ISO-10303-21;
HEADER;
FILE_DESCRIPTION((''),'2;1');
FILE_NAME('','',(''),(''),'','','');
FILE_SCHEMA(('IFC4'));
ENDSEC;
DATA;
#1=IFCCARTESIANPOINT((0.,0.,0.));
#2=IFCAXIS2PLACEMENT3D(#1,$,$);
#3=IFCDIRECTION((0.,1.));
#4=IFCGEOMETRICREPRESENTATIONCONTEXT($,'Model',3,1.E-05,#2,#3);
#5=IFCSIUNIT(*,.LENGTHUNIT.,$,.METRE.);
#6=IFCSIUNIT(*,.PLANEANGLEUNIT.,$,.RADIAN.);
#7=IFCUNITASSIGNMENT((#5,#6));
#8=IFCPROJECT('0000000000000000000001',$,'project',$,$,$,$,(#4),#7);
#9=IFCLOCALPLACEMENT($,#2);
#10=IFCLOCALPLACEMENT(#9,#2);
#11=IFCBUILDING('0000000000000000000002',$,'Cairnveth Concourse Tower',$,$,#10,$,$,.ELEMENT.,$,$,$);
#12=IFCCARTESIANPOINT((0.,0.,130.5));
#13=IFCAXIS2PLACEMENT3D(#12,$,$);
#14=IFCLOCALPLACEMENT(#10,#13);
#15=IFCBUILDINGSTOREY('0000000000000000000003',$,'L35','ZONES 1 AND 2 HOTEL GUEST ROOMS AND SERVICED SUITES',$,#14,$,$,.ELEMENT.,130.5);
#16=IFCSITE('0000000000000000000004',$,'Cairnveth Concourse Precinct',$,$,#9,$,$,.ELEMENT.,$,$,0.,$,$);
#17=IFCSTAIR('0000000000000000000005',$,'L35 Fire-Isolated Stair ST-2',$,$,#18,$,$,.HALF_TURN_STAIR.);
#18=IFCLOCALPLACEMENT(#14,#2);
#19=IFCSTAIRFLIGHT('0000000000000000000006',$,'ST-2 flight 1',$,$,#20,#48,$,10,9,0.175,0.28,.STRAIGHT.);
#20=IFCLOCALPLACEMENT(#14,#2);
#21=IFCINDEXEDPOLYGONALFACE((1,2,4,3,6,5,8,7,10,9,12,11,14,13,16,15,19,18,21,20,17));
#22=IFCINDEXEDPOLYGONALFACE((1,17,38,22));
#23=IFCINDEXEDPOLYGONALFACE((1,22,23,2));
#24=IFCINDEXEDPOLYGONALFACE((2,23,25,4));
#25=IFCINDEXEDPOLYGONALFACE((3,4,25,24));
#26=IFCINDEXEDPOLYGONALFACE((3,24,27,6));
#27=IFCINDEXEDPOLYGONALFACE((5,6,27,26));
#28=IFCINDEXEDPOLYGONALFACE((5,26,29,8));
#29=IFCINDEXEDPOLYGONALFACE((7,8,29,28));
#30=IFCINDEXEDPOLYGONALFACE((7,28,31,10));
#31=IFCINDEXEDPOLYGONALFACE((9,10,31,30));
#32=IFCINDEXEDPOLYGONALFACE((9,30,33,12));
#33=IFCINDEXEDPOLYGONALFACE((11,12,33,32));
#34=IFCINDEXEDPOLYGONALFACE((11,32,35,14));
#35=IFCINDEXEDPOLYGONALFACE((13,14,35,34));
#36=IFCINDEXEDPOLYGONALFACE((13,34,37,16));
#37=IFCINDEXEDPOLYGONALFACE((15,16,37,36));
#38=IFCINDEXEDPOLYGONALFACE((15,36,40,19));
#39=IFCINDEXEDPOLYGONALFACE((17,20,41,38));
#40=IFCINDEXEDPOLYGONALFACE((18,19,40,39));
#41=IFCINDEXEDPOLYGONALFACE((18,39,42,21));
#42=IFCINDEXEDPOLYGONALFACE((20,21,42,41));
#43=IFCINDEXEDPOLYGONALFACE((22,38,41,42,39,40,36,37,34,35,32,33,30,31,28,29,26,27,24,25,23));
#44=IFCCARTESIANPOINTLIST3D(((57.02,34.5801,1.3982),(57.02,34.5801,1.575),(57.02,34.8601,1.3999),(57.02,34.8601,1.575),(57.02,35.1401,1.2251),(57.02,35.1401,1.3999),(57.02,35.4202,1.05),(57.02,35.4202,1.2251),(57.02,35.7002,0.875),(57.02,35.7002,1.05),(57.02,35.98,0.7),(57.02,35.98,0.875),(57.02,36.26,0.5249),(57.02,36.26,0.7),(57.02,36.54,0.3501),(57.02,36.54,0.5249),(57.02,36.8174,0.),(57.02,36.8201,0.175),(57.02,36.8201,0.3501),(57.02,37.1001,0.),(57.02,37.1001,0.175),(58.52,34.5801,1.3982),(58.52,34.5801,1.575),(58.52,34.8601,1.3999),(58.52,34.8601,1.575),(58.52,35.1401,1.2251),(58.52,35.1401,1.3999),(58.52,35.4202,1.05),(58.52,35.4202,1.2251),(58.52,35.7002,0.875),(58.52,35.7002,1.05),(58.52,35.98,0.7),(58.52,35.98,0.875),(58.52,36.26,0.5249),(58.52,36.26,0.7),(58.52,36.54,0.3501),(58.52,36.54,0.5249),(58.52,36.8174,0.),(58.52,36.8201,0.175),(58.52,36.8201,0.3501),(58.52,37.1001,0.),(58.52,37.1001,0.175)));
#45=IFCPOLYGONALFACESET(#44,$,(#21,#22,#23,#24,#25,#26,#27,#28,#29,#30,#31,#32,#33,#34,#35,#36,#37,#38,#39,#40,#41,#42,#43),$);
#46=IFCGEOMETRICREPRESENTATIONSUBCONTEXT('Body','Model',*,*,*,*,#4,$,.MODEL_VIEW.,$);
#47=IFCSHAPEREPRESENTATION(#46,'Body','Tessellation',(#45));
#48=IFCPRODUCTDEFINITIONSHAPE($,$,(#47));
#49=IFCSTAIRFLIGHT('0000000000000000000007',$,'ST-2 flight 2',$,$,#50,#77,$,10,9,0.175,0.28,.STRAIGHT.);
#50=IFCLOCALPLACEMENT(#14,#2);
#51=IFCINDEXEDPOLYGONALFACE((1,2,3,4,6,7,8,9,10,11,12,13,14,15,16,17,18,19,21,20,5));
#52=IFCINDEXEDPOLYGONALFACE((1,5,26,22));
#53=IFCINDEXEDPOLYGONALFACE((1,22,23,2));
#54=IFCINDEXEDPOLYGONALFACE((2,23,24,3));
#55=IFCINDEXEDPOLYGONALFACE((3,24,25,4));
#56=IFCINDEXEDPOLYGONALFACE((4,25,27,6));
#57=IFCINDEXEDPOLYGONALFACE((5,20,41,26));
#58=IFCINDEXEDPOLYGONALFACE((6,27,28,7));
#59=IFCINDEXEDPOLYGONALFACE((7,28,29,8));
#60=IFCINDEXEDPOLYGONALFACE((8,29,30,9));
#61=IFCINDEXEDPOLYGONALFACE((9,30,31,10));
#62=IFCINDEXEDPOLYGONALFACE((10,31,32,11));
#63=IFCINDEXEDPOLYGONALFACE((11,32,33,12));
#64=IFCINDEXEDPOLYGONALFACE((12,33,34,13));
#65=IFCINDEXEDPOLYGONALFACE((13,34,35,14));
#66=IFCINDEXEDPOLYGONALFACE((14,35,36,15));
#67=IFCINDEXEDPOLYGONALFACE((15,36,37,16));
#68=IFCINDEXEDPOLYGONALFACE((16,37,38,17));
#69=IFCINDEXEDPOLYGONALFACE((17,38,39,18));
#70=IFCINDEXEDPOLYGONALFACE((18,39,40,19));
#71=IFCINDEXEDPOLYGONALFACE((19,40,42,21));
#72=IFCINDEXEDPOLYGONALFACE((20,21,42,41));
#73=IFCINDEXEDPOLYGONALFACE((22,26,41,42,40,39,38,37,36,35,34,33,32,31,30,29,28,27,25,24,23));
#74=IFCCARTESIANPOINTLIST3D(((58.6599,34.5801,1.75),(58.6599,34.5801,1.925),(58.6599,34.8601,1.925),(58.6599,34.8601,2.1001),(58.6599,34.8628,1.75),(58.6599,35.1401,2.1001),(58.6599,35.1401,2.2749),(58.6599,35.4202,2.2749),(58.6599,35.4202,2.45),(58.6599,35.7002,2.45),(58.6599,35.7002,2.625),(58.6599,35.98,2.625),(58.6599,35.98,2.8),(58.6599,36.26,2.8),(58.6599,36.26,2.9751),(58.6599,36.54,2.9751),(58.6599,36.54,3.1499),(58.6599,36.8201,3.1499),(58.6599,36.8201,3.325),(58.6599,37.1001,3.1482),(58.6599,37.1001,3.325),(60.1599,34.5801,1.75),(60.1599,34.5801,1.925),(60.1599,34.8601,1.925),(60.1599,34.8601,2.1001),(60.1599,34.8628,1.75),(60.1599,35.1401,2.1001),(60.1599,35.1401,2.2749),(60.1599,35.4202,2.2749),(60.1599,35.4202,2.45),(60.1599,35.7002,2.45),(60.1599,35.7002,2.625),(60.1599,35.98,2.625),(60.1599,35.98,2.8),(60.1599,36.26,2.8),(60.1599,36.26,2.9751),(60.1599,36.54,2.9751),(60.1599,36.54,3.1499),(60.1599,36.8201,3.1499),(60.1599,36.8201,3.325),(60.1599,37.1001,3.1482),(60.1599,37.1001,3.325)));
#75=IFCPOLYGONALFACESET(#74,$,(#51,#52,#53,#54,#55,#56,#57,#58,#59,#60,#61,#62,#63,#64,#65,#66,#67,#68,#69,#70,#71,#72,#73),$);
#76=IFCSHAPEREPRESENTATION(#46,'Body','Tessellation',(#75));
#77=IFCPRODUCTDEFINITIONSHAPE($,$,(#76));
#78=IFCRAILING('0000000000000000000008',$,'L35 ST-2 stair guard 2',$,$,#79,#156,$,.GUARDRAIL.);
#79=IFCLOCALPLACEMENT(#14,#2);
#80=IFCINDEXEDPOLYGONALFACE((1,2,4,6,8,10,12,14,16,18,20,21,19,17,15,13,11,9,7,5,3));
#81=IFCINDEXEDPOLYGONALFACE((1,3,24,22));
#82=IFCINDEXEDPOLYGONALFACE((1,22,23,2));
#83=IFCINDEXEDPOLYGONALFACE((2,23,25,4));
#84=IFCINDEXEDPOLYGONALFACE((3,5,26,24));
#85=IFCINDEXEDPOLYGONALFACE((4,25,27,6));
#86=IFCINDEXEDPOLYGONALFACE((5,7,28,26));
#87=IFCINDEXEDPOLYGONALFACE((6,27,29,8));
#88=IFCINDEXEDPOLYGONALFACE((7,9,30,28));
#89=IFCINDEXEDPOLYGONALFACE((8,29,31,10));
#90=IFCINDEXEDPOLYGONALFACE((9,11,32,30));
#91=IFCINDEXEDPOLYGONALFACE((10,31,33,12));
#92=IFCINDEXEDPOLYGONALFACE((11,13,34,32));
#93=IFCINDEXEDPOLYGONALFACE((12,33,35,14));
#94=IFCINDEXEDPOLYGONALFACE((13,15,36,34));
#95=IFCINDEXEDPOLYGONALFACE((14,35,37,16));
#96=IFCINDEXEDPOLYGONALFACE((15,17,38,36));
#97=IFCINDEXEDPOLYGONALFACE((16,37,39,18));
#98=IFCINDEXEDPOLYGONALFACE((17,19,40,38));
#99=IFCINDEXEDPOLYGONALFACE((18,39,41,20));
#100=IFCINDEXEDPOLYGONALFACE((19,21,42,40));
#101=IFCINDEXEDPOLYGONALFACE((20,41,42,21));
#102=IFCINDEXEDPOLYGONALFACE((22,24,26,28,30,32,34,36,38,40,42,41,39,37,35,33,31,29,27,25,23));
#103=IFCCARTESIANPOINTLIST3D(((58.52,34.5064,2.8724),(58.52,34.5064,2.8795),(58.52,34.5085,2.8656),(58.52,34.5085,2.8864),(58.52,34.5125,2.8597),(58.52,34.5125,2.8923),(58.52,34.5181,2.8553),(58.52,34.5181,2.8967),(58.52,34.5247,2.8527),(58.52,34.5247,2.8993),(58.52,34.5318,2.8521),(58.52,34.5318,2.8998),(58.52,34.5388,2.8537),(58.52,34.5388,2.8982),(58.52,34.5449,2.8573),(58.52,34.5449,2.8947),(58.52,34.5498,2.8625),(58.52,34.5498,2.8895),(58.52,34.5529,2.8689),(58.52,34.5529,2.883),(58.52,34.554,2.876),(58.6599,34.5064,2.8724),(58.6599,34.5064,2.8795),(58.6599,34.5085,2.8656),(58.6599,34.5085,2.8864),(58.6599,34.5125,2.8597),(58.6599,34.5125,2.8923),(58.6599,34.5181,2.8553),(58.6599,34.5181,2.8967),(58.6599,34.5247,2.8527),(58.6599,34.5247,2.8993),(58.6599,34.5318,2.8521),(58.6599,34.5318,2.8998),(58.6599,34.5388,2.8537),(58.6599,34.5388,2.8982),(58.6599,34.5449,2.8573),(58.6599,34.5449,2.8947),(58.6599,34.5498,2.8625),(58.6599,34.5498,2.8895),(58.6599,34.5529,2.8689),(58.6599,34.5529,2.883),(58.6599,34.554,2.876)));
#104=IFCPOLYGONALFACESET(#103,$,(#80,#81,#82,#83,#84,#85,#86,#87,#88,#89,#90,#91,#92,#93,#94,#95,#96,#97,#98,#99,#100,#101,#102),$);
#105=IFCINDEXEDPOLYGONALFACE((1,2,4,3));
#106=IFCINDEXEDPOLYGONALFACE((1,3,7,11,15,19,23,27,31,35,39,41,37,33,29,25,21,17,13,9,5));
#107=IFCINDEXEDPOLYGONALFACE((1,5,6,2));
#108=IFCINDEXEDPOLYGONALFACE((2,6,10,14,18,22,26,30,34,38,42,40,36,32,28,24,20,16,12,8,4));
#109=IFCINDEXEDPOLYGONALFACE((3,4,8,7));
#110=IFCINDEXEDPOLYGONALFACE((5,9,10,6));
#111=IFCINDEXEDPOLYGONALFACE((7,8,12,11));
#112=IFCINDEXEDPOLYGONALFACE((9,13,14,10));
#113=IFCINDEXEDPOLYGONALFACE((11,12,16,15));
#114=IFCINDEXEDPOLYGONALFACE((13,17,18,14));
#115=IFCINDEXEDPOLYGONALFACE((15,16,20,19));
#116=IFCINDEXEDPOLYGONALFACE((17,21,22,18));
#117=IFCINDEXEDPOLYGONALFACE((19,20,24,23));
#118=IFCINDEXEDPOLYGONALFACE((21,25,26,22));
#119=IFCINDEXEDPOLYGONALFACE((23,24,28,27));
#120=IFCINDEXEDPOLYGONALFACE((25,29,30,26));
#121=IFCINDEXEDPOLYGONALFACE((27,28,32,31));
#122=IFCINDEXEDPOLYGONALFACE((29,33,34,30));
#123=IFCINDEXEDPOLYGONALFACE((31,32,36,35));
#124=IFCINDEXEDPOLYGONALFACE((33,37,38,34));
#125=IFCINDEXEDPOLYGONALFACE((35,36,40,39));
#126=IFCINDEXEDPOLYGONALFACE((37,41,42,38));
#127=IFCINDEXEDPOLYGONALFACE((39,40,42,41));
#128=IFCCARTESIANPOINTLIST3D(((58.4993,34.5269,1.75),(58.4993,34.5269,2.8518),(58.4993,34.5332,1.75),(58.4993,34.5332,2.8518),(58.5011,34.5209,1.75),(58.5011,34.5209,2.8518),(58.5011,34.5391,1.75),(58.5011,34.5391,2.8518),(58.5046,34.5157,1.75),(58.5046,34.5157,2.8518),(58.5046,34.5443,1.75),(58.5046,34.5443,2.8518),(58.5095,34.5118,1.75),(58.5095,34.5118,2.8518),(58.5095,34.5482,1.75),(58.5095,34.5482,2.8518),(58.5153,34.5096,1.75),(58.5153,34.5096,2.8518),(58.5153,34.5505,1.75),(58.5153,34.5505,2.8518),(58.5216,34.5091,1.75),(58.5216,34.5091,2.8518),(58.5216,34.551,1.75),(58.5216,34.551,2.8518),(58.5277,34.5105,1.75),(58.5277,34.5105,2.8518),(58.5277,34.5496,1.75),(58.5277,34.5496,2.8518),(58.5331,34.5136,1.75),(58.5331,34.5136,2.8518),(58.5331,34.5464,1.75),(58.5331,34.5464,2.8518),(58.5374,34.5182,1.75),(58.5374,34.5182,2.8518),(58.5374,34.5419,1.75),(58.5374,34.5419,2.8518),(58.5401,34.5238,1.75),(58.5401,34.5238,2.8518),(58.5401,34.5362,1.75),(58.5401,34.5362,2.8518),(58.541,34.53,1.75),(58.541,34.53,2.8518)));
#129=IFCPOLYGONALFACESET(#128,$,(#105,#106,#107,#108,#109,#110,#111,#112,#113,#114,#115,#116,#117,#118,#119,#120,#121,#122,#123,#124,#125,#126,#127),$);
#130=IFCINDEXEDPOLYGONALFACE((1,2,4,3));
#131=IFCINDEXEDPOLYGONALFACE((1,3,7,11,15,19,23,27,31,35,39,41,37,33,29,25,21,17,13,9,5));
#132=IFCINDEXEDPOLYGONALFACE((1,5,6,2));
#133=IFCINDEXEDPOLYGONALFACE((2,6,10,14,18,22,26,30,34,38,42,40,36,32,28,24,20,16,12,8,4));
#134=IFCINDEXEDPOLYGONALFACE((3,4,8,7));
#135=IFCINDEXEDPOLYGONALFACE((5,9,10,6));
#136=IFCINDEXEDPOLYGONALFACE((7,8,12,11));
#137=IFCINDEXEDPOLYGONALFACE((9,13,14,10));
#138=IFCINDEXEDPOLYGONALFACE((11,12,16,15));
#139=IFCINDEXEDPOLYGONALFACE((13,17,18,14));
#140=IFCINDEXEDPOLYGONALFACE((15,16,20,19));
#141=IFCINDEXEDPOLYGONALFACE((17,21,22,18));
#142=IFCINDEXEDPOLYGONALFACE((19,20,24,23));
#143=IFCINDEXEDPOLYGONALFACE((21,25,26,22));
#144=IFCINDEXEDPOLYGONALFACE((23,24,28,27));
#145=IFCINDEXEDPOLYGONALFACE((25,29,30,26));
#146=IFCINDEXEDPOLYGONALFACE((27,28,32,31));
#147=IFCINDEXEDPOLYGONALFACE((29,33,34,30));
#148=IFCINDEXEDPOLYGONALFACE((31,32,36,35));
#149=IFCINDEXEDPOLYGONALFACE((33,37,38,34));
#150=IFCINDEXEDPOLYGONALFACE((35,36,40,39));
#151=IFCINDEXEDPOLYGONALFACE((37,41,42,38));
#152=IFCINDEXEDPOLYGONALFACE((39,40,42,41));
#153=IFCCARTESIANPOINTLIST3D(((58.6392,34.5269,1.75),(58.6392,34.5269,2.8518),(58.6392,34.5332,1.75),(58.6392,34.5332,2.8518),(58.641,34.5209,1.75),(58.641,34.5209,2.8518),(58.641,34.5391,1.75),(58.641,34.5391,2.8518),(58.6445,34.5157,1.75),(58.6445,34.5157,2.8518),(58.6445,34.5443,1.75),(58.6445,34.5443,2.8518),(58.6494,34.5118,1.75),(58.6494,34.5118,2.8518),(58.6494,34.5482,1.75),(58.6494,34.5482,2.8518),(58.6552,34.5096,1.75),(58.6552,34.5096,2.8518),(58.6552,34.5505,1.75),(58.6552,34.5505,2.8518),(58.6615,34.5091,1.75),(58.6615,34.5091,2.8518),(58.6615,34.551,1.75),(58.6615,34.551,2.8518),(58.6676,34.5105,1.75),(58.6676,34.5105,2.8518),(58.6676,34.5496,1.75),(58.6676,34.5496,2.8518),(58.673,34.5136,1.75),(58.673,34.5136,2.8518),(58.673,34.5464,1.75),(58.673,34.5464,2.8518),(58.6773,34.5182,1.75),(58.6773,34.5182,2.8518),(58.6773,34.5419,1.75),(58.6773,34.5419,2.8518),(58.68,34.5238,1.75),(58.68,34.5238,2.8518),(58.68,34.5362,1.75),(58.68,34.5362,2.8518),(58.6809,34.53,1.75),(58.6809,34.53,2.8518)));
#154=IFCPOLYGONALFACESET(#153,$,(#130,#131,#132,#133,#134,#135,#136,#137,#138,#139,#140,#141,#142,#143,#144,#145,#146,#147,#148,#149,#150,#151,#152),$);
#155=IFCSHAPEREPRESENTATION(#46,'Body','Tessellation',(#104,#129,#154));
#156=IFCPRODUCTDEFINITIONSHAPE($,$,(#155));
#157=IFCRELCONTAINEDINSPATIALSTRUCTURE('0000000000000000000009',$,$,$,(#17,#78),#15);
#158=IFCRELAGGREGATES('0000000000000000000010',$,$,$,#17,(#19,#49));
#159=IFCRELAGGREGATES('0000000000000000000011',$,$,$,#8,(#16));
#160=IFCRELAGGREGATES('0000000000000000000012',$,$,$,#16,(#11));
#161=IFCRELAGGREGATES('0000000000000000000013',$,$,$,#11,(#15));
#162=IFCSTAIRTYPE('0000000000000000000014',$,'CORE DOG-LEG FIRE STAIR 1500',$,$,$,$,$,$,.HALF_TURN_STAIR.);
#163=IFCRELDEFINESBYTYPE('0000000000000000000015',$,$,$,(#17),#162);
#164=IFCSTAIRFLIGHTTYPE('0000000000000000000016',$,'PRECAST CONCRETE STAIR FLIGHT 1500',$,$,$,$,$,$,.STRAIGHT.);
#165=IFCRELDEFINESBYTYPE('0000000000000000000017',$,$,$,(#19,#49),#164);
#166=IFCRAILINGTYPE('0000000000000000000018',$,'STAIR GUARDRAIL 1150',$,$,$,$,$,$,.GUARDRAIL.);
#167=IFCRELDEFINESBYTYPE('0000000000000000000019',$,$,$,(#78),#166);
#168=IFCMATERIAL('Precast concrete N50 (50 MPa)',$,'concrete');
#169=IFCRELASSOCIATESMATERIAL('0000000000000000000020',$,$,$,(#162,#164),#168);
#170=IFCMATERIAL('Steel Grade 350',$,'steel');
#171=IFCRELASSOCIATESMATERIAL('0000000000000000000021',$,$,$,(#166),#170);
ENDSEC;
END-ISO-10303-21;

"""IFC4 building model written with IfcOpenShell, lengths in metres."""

from ifc_helpers import new_model, si_unit, direction, frame, origin, origin_2d, place, context, subcontext, project, spatial, polyline, circle, outline, extrude, material, type_object, element, aggregate, save


model = new_model("IFC4")

# Units and contexts
model_context = context("Model", 3, precision=1e-05, world=origin(), true_north=direction((0.0, 1.0)))
body_context = subcontext(model_context, "Body", "Model", "MODEL_VIEW")
ifc_project = project(units=[si_unit("LENGTHUNIT", "METRE"), si_unit("PLANEANGLEUNIT", "RADIAN")], contexts=[model_context])

# Site, building, storey
site_placement = place(None, origin())
site = spatial("IfcSite", under=ifc_project, at=site_placement, Name="Cairnveth Concourse Precinct", CompositionType="ELEMENT", RefElevation=0.0)
building_placement = place(site_placement, origin())
building = spatial("IfcBuilding", under=site, at=building_placement, Name="Cairnveth Concourse Tower", CompositionType="ELEMENT")
storey_placement = place(building_placement, frame((0.0, 0.0, 130.5)))
storey = spatial("IfcBuildingStorey", under=building, at=storey_placement, Name="L35", Description="ZONES 1 AND 2 HOTEL GUEST ROOMS AND SERVICED SUITES", CompositionType="ELEMENT", Elevation=130.5)

# Shared definitions
ifc_material_1 = material(Name="Steel Grade 350", Category="steel")

# Stair, stair flights
ifc_material_2 = material(Name="Precast concrete N50 (50 MPa)", Category="concrete")
stair_type = type_object("IfcStairType", Name="CORE DOG-LEG FIRE STAIR 1500", PredefinedType="HALF_TURN_STAIR", material=ifc_material_2)
stair_placement = place(storey_placement, origin())
stair = element("IfcStair", 1, at=stair_placement, inside=storey, type_object=stair_type, Name="L35 Fire-Isolated Stair ST-2", PredefinedType="HALF_TURN_STAIR")
stair_flight_type = type_object("IfcStairFlightType", Name="PRECAST CONCRETE STAIR FLIGHT 1500", PredefinedType="STRAIGHT", material=ifc_material_2)
stair_flight_1_placement = place(storey_placement, frame((57.77, 37.1001, 0.0), z_axis=(0.0, 0.0, 1.0), x_axis=(0.0, -1.0, 0.0)))
stair_flight_1 = element("IfcStairFlight", 2, at=stair_flight_1_placement, type_object=stair_flight_type, Name="ST-2 flight 1", NumberOfRisers=10, NumberOfTreads=9, PredefinedType="STRAIGHT", RiserHeight=0.175, TreadLength=0.28, context=body_context, shape_type="SweptSolid", body=[
    extrude(outline(polyline([(0.0, 0.0), (0.0, 0.175), (0.28, 0.175), (0.28, 0.3501), (0.5601, 0.3501), (0.5601, 0.5249), (0.8401, 0.5249), (0.8401, 0.7), (1.1201, 0.7), (1.1201, 0.875), (1.3999, 0.875), (1.3999, 1.05), (1.6799, 1.05), (1.6799, 1.2251), (1.96, 1.2251), (1.96, 1.3999), (2.24, 1.3999), (2.24, 1.575), (2.52, 1.575), (2.52, 1.75), (2.52, 1.3982), (0.2827, 0.0), (0.0, 0.0)])), frame((0.0, 0.75, 0.0), z_axis=(0.0, -1.0, 0.0), x_axis=(1.0, 0.0, 0.0)), (0.0, 0.0, 1.0), 1.5),
])
stair_flight_2_placement = place(storey_placement, frame((59.4099, 34.5801, 1.75), z_axis=(0.0, 0.0, 1.0), x_axis=(0.0, 1.0, 0.0)))
stair_flight_2 = element("IfcStairFlight", 3, at=stair_flight_2_placement, type_object=stair_flight_type, Name="ST-2 flight 2", NumberOfRisers=10, NumberOfTreads=9, PredefinedType="STRAIGHT", RiserHeight=0.175, TreadLength=0.28, context=body_context, shape_type="SweptSolid", body=[
    extrude(outline(polyline([(0.0, 0.0), (0.0, 0.175), (0.28, 0.175), (0.28, 0.3501), (0.5601, 0.3501), (0.5601, 0.5249), (0.8401, 0.5249), (0.8401, 0.7), (1.1201, 0.7), (1.1201, 0.875), (1.3999, 0.875), (1.3999, 1.05), (1.6799, 1.05), (1.6799, 1.2251), (1.96, 1.2251), (1.96, 1.3999), (2.24, 1.3999), (2.24, 1.575), (2.52, 1.575), (2.52, 1.75), (2.52, 1.3982), (0.2827, 0.0), (0.0, 0.0)])), frame((0.0, 0.75, 0.0), z_axis=(0.0, -1.0, 0.0), x_axis=(1.0, 0.0, 0.0)), (0.0, 0.0, 1.0), 1.5),
])
aggregate(stair, [stair_flight_1, stair_flight_2])

# Railing
railing_type_1 = type_object("IfcRailingType", Name="STAIR GUARDRAIL 1150", PredefinedType="GUARDRAIL", material=ifc_material_1)
railing_1_placement = place(storey_placement, frame((58.52, 34.53, 1.75)))
element("IfcRailing", 4, at=railing_1_placement, inside=storey, type_object=railing_type_1, Name="L35 ST-2 stair guard 2", PredefinedType="GUARDRAIL", context=body_context, shape_type="SweptSolid", body=[
    extrude(circle(Radius=0.0239, at=origin_2d()), frame((0.0, 0.0, 1.126), z_axis=(1.0, 0.0, 0.0), x_axis=(0.0, 1.0, 0.0)), (0.0, 0.0, 1.0), 0.1399),
    extrude(circle(Radius=0.021, at=origin_2d()), origin(), (0.0, 0.0, 1.0), 1.1018),
    extrude(circle(Radius=0.021, at=origin_2d()), frame((0.1399, 0.0, 0.0)), (0.0, 0.0, 1.0), 1.1018),
])

save(model, "model.ifc")
